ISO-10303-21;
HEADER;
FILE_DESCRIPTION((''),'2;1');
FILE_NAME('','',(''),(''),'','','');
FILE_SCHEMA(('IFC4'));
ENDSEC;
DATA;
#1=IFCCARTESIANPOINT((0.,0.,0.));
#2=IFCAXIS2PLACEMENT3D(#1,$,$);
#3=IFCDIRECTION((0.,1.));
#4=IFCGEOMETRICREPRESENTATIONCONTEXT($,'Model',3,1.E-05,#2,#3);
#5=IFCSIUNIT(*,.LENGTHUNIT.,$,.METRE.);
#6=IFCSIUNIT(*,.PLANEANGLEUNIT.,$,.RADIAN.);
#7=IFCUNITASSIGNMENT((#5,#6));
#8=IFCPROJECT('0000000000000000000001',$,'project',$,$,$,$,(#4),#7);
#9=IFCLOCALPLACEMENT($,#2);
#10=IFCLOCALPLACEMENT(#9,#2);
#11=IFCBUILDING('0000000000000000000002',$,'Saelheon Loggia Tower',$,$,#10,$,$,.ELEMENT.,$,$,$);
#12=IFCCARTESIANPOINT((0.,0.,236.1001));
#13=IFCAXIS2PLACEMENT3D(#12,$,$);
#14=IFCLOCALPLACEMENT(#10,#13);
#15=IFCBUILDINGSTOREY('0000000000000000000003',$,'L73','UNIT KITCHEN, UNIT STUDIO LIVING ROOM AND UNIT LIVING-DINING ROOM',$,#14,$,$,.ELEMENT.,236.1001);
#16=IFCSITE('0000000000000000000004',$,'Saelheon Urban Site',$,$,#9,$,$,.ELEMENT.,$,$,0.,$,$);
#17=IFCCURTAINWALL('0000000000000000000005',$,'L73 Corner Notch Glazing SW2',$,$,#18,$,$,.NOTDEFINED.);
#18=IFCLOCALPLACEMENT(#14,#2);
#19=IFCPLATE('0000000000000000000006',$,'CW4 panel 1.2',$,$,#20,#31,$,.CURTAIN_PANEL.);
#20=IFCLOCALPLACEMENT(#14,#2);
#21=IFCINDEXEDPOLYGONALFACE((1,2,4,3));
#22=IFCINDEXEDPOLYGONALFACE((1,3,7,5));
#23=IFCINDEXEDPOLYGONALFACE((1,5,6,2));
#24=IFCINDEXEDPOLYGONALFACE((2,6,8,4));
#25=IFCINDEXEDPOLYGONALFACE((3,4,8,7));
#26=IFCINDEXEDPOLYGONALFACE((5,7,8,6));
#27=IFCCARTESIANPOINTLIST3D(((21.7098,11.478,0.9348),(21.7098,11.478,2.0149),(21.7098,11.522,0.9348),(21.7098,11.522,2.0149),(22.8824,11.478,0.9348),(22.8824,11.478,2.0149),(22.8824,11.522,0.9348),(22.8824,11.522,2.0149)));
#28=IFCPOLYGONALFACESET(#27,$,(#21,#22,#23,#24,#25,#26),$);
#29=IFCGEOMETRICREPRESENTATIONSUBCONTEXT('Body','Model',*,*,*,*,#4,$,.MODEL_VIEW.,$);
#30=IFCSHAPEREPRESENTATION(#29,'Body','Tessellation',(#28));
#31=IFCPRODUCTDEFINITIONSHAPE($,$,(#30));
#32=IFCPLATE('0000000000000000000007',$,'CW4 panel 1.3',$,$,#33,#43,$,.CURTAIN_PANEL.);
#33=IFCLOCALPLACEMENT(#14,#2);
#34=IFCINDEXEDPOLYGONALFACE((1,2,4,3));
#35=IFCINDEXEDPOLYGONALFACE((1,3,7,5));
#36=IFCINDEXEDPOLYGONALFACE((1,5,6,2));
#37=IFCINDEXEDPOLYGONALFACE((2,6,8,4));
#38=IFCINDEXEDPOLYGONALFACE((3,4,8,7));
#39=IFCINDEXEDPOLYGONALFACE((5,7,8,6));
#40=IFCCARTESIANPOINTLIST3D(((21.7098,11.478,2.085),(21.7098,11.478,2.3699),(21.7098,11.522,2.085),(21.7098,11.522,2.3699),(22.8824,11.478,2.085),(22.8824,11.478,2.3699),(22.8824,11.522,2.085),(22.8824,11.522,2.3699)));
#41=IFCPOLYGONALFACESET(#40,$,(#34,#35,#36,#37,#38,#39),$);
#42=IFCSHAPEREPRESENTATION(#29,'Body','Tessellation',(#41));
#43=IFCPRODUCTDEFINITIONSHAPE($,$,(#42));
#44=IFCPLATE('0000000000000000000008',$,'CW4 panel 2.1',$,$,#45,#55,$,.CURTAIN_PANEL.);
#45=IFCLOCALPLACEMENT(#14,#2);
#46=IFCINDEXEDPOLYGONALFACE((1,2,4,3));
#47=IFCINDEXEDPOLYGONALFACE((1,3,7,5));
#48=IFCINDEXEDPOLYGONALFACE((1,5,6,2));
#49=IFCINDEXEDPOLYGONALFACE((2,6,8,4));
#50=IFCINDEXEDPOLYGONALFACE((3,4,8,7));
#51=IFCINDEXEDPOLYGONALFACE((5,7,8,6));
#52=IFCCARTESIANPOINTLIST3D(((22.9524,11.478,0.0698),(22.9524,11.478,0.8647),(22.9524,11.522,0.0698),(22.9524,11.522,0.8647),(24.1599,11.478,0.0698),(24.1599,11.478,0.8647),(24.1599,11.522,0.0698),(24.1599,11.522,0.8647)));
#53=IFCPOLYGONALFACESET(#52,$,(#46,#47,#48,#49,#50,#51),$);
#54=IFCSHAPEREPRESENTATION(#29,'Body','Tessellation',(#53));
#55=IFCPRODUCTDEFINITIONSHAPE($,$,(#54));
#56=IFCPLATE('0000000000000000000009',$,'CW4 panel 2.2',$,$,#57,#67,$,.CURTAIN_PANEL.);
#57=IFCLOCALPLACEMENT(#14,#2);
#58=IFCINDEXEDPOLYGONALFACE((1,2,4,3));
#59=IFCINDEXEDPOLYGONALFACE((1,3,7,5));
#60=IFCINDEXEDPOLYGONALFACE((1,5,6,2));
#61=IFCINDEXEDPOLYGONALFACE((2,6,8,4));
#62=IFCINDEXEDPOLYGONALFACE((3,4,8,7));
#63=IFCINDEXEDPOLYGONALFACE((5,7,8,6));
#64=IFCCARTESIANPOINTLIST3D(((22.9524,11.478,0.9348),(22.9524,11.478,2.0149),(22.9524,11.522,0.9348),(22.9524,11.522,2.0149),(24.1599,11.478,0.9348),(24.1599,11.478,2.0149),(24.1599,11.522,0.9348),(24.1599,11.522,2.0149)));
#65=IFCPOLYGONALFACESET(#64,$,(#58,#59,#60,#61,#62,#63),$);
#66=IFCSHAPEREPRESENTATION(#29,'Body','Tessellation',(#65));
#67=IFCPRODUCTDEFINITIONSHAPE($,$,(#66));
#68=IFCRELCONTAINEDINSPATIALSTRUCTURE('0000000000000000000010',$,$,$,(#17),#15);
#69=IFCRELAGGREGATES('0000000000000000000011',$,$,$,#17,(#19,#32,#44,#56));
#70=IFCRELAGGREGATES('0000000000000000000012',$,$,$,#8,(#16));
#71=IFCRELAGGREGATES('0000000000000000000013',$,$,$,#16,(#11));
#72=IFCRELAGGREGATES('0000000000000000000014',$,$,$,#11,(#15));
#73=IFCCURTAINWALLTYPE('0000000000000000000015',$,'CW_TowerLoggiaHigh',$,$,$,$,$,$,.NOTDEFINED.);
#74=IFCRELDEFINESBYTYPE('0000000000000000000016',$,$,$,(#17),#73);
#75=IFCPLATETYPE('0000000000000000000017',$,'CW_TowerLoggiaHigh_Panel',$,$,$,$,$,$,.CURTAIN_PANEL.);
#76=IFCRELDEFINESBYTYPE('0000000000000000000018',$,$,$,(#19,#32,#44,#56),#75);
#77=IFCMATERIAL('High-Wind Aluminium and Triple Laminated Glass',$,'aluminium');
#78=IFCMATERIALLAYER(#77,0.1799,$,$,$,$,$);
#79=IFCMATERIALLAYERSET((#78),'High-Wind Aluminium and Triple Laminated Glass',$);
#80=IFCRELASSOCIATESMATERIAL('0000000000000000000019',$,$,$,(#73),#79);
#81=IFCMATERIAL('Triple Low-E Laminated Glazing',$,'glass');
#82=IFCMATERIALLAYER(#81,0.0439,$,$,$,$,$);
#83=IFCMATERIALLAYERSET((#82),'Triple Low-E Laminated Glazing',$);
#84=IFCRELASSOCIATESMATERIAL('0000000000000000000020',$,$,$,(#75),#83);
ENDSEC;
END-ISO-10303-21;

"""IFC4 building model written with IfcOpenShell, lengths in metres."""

from ifc_helpers import new_model, si_unit, direction, frame, origin, origin_2d, place, context, subcontext, project, spatial, rectangle, extrude, source, transform, mapped, material, layer, layer_set, type_object, element, aggregate, save


model = new_model("IFC4")

# Units and contexts
model_context = context("Model", 3, precision=1e-05, world=origin(), true_north=direction((0.0, 1.0)))
body_context = subcontext(model_context, "Body", "Model", "MODEL_VIEW")
ifc_project = project(units=[si_unit("LENGTHUNIT", "METRE"), si_unit("PLANEANGLEUNIT", "RADIAN")], contexts=[model_context])

# Site, building, storey
site_placement = place(None, origin())
site = spatial("IfcSite", under=ifc_project, at=site_placement, Name="Saelheon Urban Site", CompositionType="ELEMENT", RefElevation=0.0)
building_placement = place(site_placement, origin())
building = spatial("IfcBuilding", under=site, at=building_placement, Name="Saelheon Loggia Tower", CompositionType="ELEMENT")
storey_placement = place(building_placement, frame((0.0, 0.0, 236.1001)))
storey = spatial("IfcBuildingStorey", under=building, at=storey_placement, Name="L73", Description="UNIT KITCHEN, UNIT STUDIO LIVING ROOM AND UNIT LIVING-DINING ROOM", CompositionType="ELEMENT", Elevation=236.1001)

# Curtain wall, plates
ifc_material_1 = material(Name="High-Wind Aluminium and Triple Laminated Glass", Category="aluminium")
ifc_layer_1 = layer(ifc_material_1, 0.1799)
ifc_layer_set_1 = layer_set([ifc_layer_1], Name="High-Wind Aluminium and Triple Laminated Glass")
curtain_wall_type = type_object("IfcCurtainWallType", Name="CW_TowerLoggiaHigh", PredefinedType="NOTDEFINED", material=ifc_layer_set_1)
curtain_wall_placement = place(storey_placement, origin())
curtain_wall = element("IfcCurtainWall", 1, at=curtain_wall_placement, inside=storey, type_object=curtain_wall_type, Name="L73 Corner Notch Glazing SW2", PredefinedType="NOTDEFINED")
ifc_material_2 = material(Name="Triple Low-E Laminated Glazing", Category="glass")
ifc_layer_2 = layer(ifc_material_2, 0.0439)
ifc_layer_set_2 = layer_set([ifc_layer_2], Name="Triple Low-E Laminated Glazing")
plate_type = type_object("IfcPlateType", Name="CW_TowerLoggiaHigh_Panel", PredefinedType="CURTAIN_PANEL", material=ifc_layer_set_2)
shared_shape_1 = source(origin(), body_context, "Body", "SweptSolid", [
    extrude(rectangle(XDim=1.1726, YDim=0.0439, at=origin_2d()), origin(), (0.0, 0.0, 1.0), 1.0801),
])
plate_1_placement = place(storey_placement, frame((22.2961, 11.5, 0.9348), z_axis=(0.0, 0.0, 1.0), x_axis=(1.0, 0.0, 0.0)))
plate_1 = element("IfcPlate", 2, at=plate_1_placement, type_object=plate_type, Name="CW4 panel 1.2", PredefinedType="CURTAIN_PANEL", context=body_context, shape_type="MappedRepresentation", body=[
    mapped(shared_shape_1, transform((0.0, 0.0, 0.0), scale=1.0)),
])
shared_shape_2 = source(origin(), body_context, "Body", "SweptSolid", [
    extrude(rectangle(XDim=1.1726, YDim=0.0439, at=origin_2d()), origin(), (0.0, 0.0, 1.0), 0.2849),
])
plate_2_placement = place(storey_placement, frame((22.2961, 11.5, 2.085), z_axis=(0.0, 0.0, 1.0), x_axis=(1.0, 0.0, 0.0)))
plate_2 = element("IfcPlate", 3, at=plate_2_placement, type_object=plate_type, Name="CW4 panel 1.3", PredefinedType="CURTAIN_PANEL", context=body_context, shape_type="MappedRepresentation", body=[
    mapped(shared_shape_2, transform((0.0, 0.0, 0.0), scale=1.0)),
])
shared_shape_3 = source(origin(), body_context, "Body", "SweptSolid", [
    extrude(rectangle(XDim=1.2075, YDim=0.0439, at=origin_2d()), origin(), (0.0, 0.0, 1.0), 0.7949),
])
plate_3_placement = place(storey_placement, frame((23.5562, 11.5, 0.0698), z_axis=(0.0, 0.0, 1.0), x_axis=(1.0, 0.0, 0.0)))
plate_3 = element("IfcPlate", 4, at=plate_3_placement, type_object=plate_type, Name="CW4 panel 2.1", PredefinedType="CURTAIN_PANEL", context=body_context, shape_type="MappedRepresentation", body=[
    mapped(shared_shape_3, transform((0.0, 0.0, 0.0), scale=1.0)),
])
shared_shape_4 = source(origin(), body_context, "Body", "SweptSolid", [
    extrude(rectangle(XDim=1.2075, YDim=0.0439, at=origin_2d()), origin(), (0.0, 0.0, 1.0), 1.0801),
])
plate_4_placement = place(storey_placement, frame((23.5562, 11.5, 0.9348), z_axis=(0.0, 0.0, 1.0), x_axis=(1.0, 0.0, 0.0)))
plate_4 = element("IfcPlate", 5, at=plate_4_placement, type_object=plate_type, Name="CW4 panel 2.2", PredefinedType="CURTAIN_PANEL", context=body_context, shape_type="MappedRepresentation", body=[
    mapped(shared_shape_4, transform((0.0, 0.0, 0.0), scale=1.0)),
])
aggregate(curtain_wall, [plate_1, plate_2, plate_3, plate_4])

save(model, "model.ifc")
